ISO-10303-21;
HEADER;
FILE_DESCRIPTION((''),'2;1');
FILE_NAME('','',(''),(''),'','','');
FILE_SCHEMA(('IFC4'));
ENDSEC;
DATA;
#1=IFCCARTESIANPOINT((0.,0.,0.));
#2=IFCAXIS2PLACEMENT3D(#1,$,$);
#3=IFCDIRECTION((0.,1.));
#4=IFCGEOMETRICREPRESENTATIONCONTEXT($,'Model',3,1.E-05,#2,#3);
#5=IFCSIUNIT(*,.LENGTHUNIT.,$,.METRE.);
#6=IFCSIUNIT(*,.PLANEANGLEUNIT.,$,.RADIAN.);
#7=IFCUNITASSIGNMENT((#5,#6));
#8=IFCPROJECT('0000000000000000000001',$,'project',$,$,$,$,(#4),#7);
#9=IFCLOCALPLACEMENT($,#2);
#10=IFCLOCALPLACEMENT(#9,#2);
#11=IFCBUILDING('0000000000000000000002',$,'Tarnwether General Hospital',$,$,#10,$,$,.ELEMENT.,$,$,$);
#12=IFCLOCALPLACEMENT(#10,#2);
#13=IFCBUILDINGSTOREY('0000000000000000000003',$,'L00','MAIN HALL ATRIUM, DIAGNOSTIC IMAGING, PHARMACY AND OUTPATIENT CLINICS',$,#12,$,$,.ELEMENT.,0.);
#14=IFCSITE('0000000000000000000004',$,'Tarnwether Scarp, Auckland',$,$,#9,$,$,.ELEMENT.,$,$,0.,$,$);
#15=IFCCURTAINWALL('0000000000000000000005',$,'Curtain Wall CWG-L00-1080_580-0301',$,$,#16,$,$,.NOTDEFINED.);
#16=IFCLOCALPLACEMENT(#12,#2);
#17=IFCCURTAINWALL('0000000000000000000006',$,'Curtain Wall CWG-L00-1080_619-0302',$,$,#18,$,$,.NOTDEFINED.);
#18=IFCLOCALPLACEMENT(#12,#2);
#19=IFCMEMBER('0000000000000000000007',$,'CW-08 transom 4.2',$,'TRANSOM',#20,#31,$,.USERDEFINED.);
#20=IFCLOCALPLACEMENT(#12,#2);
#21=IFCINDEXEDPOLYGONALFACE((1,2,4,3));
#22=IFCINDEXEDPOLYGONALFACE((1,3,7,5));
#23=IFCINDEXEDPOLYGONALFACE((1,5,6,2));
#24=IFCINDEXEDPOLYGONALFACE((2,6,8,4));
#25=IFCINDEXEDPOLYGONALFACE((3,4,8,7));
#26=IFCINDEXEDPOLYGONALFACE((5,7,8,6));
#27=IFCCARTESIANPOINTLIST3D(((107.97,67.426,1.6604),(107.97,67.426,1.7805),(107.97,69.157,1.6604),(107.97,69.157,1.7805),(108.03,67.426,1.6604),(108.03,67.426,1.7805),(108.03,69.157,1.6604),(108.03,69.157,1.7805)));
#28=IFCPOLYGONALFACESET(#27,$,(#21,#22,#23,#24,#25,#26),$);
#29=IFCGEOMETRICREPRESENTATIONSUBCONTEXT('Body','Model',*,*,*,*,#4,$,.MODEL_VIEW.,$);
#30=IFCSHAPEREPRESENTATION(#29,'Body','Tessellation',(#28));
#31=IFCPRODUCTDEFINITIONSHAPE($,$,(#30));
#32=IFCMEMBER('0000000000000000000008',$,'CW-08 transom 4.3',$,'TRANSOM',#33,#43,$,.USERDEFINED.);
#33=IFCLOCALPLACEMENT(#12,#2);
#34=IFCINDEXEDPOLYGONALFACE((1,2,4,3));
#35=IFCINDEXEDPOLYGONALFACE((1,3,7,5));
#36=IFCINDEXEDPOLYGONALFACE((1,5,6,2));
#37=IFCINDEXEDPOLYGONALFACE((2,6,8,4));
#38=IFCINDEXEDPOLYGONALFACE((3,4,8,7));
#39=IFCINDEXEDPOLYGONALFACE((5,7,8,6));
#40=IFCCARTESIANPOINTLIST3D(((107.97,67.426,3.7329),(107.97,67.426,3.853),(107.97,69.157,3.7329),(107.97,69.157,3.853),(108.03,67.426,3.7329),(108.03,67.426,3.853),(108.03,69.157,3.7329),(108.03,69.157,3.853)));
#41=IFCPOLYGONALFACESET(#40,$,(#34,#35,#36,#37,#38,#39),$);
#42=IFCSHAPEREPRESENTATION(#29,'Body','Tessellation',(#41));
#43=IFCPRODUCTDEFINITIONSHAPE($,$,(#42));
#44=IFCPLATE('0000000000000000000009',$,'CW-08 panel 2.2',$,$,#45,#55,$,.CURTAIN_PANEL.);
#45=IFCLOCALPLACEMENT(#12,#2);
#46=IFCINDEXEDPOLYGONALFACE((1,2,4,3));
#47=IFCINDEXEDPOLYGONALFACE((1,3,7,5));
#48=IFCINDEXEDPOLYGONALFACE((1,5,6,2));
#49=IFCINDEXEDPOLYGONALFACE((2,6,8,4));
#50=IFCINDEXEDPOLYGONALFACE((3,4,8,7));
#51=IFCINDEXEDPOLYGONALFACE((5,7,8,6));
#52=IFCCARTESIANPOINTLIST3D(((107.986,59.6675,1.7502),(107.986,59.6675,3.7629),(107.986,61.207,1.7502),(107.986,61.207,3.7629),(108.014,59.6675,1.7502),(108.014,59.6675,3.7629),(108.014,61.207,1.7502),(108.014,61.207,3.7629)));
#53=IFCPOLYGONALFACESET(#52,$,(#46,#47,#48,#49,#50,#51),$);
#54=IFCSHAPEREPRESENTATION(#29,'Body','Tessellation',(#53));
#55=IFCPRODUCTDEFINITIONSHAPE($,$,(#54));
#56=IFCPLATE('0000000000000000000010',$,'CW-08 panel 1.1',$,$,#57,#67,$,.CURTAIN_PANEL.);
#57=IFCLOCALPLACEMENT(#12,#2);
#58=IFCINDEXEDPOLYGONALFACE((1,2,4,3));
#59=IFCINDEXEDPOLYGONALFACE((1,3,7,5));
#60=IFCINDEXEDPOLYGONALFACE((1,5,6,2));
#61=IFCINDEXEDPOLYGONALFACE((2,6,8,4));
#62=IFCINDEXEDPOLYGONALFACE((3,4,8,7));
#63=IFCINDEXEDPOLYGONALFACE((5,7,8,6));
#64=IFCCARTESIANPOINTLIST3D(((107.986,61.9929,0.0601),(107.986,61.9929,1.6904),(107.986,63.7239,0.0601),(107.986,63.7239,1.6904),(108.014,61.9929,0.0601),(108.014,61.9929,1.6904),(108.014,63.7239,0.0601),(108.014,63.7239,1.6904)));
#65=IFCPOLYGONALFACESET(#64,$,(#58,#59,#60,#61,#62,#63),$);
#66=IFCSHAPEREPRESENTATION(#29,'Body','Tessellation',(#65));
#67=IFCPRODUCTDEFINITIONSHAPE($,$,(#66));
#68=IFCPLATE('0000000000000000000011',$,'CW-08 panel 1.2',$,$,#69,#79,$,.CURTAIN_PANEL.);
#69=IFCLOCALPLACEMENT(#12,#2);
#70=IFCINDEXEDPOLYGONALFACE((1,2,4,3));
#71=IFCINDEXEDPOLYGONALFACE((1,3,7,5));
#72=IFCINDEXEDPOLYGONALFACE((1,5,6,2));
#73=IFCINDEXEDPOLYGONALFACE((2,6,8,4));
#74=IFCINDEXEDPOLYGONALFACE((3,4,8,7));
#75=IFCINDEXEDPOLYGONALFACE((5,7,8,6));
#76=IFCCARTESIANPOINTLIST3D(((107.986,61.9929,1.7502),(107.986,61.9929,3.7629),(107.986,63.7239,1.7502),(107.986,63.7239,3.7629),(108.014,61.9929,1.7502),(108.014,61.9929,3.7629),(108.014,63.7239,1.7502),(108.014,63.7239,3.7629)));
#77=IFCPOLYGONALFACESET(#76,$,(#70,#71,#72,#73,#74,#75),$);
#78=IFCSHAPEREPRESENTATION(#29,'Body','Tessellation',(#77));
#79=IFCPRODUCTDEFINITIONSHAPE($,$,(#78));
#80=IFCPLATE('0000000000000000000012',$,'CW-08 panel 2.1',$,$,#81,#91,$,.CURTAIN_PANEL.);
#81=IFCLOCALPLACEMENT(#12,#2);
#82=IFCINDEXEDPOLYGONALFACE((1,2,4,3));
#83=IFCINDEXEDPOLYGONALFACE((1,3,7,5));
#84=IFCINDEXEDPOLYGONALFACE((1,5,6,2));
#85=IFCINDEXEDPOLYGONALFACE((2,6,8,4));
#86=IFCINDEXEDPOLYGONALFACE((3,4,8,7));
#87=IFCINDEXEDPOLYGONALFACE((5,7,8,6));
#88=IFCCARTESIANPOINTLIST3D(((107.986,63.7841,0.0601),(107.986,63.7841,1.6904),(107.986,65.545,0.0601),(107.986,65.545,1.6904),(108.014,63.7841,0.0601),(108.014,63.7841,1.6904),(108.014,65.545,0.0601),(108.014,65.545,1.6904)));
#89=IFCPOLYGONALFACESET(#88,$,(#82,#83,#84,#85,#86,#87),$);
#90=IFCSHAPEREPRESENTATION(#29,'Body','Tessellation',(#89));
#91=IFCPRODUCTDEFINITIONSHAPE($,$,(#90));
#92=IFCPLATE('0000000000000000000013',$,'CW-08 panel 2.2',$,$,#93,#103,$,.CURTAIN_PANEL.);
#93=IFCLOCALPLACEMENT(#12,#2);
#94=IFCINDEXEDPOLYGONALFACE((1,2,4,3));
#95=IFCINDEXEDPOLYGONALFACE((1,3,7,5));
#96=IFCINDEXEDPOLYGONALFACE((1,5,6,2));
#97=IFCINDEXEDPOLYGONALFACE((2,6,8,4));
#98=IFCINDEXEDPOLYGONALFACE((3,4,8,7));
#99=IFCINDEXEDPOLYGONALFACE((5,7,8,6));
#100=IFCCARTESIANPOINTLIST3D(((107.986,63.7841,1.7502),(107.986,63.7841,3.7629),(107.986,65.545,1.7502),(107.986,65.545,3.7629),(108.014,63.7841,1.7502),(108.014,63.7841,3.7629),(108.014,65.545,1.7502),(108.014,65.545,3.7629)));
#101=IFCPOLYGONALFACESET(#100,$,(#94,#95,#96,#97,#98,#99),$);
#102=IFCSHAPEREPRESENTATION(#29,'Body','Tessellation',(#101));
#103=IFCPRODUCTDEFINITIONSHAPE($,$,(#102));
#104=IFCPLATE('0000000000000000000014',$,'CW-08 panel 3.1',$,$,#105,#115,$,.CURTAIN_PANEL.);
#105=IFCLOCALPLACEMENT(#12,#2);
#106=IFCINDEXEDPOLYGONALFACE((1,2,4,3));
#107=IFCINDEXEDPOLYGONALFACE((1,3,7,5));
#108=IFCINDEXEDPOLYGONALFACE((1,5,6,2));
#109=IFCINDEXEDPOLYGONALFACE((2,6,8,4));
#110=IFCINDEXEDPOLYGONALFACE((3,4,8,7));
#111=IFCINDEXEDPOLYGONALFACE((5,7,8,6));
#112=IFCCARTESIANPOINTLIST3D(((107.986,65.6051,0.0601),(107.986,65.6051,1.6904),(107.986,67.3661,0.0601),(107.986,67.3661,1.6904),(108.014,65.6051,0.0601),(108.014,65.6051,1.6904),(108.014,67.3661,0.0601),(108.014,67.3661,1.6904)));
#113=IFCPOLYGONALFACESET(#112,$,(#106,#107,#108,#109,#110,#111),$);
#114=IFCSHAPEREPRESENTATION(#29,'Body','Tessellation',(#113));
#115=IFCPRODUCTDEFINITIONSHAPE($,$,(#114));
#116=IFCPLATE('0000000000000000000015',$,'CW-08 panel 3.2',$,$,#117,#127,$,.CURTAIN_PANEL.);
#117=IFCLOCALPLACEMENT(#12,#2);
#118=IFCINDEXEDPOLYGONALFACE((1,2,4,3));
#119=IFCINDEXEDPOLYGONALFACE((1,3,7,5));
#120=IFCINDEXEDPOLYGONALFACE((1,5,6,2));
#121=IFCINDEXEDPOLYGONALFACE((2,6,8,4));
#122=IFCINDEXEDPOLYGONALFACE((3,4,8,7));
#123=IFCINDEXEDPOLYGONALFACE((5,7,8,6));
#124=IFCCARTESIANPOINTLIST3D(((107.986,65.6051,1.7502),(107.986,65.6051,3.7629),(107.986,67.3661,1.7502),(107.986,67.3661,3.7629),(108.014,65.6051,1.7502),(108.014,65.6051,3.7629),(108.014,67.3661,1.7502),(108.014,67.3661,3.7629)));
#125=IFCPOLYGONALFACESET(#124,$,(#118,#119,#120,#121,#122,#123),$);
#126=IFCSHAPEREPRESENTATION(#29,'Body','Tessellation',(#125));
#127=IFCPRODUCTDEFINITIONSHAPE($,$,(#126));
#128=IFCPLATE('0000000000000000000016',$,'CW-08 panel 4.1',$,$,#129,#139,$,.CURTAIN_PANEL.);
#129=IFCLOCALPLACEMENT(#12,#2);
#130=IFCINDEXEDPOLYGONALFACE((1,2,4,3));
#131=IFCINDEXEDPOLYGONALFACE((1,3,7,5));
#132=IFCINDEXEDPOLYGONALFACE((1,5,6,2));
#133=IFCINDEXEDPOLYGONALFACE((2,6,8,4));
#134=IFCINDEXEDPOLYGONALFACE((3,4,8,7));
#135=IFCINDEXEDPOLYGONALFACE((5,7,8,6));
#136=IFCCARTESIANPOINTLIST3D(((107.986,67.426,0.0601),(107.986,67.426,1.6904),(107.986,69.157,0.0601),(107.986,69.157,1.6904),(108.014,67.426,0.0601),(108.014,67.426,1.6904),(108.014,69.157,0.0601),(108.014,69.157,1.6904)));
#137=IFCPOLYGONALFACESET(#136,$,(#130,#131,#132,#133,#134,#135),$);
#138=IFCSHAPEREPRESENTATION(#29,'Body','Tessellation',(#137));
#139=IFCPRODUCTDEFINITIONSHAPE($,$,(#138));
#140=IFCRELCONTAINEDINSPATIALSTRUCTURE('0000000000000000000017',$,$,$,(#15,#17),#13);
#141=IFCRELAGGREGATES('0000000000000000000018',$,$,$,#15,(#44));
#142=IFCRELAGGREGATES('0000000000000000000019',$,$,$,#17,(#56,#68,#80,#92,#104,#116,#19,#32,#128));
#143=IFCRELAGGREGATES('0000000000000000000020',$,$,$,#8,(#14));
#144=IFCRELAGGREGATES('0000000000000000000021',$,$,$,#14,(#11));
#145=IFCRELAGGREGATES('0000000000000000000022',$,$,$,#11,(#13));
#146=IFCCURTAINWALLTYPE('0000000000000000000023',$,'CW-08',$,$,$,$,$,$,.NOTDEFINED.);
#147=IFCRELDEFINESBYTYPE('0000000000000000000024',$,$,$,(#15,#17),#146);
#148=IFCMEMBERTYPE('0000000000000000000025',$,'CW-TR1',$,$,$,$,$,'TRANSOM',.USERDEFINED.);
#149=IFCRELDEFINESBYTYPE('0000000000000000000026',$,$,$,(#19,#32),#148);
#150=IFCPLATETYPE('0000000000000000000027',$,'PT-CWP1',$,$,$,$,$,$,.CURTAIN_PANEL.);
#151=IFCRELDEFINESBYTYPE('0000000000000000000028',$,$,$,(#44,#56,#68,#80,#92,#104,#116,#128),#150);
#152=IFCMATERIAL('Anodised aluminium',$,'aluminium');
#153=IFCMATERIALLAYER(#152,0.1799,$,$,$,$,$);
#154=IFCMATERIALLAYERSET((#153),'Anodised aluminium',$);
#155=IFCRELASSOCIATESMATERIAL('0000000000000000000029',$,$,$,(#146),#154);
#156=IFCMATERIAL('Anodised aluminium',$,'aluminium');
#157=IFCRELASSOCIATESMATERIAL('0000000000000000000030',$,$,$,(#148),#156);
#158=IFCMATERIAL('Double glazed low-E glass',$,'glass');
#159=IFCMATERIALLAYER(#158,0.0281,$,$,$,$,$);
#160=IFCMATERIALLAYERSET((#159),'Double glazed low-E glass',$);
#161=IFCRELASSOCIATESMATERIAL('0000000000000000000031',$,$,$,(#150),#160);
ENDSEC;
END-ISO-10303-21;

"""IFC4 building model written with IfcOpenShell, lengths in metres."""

from ifc_helpers import new_model, si_unit, direction, frame, origin, origin_2d, place, context, subcontext, project, spatial, rectangle, extrude, material, layer, layer_set, material_profile, profile_set, type_object, element, aggregate, save


model = new_model("IFC4")

# Units and contexts
model_context = context("Model", 3, precision=1e-05, world=origin(), true_north=direction((0.0, 1.0)))
body_context = subcontext(model_context, "Body", "Model", "MODEL_VIEW")
ifc_project = project(units=[si_unit("LENGTHUNIT", "METRE"), si_unit("PLANEANGLEUNIT", "RADIAN")], contexts=[model_context])

# Site, building, storey
site_placement = place(None, origin())
site = spatial("IfcSite", under=ifc_project, at=site_placement, Name="Tarnwether Scarp, Auckland", CompositionType="ELEMENT", RefElevation=0.0)
building_placement = place(site_placement, origin())
building = spatial("IfcBuilding", under=site, at=building_placement, Name="Tarnwether General Hospital", CompositionType="ELEMENT")
storey_placement = place(building_placement, origin())
storey = spatial("IfcBuildingStorey", under=building, at=storey_placement, Name="L00", Description="MAIN HALL ATRIUM, DIAGNOSTIC IMAGING, PHARMACY AND OUTPATIENT CLINICS", CompositionType="ELEMENT", Elevation=0.0)

# Curtain wall
ifc_material_1 = material(Name="Anodised aluminium", Category="aluminium")
ifc_layer_1 = layer(ifc_material_1, 0.1799)
ifc_layer_set_1 = layer_set([ifc_layer_1], Name="Anodised aluminium")
curtain_wall_type = type_object("IfcCurtainWallType", Name="CW-08", PredefinedType="NOTDEFINED", material=ifc_layer_set_1)
curtain_wall_1_placement = place(storey_placement, origin())
curtain_wall_1 = element("IfcCurtainWall", 1, at=curtain_wall_1_placement, inside=storey, type_object=curtain_wall_type, Name="Curtain Wall CWG-L00-1080_580-0301", PredefinedType="NOTDEFINED")

# Curtain wall, members
curtain_wall_2_placement = place(storey_placement, origin())
curtain_wall_2 = element("IfcCurtainWall", 2, at=curtain_wall_2_placement, inside=storey, type_object=curtain_wall_type, Name="Curtain Wall CWG-L00-1080_619-0302", PredefinedType="NOTDEFINED")
ifc_material_2 = material(Name="Anodised aluminium", Category="aluminium")
ifc_material_profile_1 = material_profile(ifc_material_2, rectangle(XDim=0.0601, YDim=0.1201, at=origin_2d()), Name="ALU-TRN-60x120")
ifc_profile_set_1 = profile_set([ifc_material_profile_1], Name="Anodised aluminium")
member_type_1 = type_object("IfcMemberType", Name="CW-TR1", ElementType="TRANSOM", PredefinedType="USERDEFINED", material=ifc_profile_set_1)
member_1_placement = place(storey_placement, frame((108.0, 67.426, 1.7205), z_axis=(0.0, 1.0, 0.0), x_axis=(-1.0, 0.0, 0.0)))
member_1 = element("IfcMember", 3, at=member_1_placement, type_object=member_type_1, Name="CW-08 transom 4.2", ObjectType="TRANSOM", PredefinedType="USERDEFINED", context=body_context, shape_type="SweptSolid", body=[
    extrude(rectangle(XDim=0.0601, YDim=0.1201, at=origin_2d()), origin(), (0.0, 0.0, 1.0), 1.731),
])
member_2_placement = place(storey_placement, frame((108.0, 67.426, 3.793), z_axis=(0.0, 1.0, 0.0), x_axis=(-1.0, 0.0, 0.0)))
member_2 = element("IfcMember", 4, at=member_2_placement, type_object=member_type_1, Name="CW-08 transom 4.3", ObjectType="TRANSOM", PredefinedType="USERDEFINED", context=body_context, shape_type="SweptSolid", body=[
    extrude(rectangle(XDim=0.0601, YDim=0.1201, at=origin_2d()), origin(), (0.0, 0.0, 1.0), 1.731),
])

# Plates
ifc_material_3 = material(Name="Double glazed low-E glass", Category="glass")
ifc_layer_2 = layer(ifc_material_3, 0.0281)
ifc_layer_set_2 = layer_set([ifc_layer_2], Name="Double glazed low-E glass")
plate_type = type_object("IfcPlateType", Name="PT-CWP1", PredefinedType="CURTAIN_PANEL", material=ifc_layer_set_2)
plate_1_placement = place(storey_placement, frame((108.0, 60.4373, 1.7502), z_axis=(0.0, 0.0, 1.0), x_axis=(0.0, 1.0, 0.0)))
plate_1 = element("IfcPlate", 5, at=plate_1_placement, type_object=plate_type, Name="CW-08 panel 2.2", PredefinedType="CURTAIN_PANEL", context=body_context, shape_type="SweptSolid", body=[
    extrude(rectangle(XDim=1.5396, YDim=0.0281, at=origin_2d()), origin(), (0.0, 0.0, 1.0), 2.0127),
])
aggregate(curtain_wall_1, [plate_1])
plate_2_placement = place(storey_placement, frame((108.0, 62.8584, 0.0601), z_axis=(0.0, 0.0, 1.0), x_axis=(0.0, 1.0, 0.0)))
plate_2 = element("IfcPlate", 6, at=plate_2_placement, type_object=plate_type, Name="CW-08 panel 1.1", PredefinedType="CURTAIN_PANEL", context=body_context, shape_type="SweptSolid", body=[
    extrude(rectangle(XDim=1.731, YDim=0.0281, at=origin_2d()), origin(), (0.0, 0.0, 1.0), 1.6304),
])
plate_3_placement = place(storey_placement, frame((108.0, 62.8584, 1.7502), z_axis=(0.0, 0.0, 1.0), x_axis=(0.0, 1.0, 0.0)))
plate_3 = element("IfcPlate", 7, at=plate_3_placement, type_object=plate_type, Name="CW-08 panel 1.2", PredefinedType="CURTAIN_PANEL", context=body_context, shape_type="SweptSolid", body=[
    extrude(rectangle(XDim=1.731, YDim=0.0281, at=origin_2d()), origin(), (0.0, 0.0, 1.0), 2.0127),
])
plate_4_placement = place(storey_placement, frame((108.0, 64.6646, 0.0601), z_axis=(0.0, 0.0, 1.0), x_axis=(0.0, 1.0, 0.0)))
plate_4 = element("IfcPlate", 8, at=plate_4_placement, type_object=plate_type, Name="CW-08 panel 2.1", PredefinedType="CURTAIN_PANEL", context=body_context, shape_type="SweptSolid", body=[
    extrude(rectangle(XDim=1.761, YDim=0.0281, at=origin_2d()), origin(), (0.0, 0.0, 1.0), 1.6304),
])
plate_5_placement = place(storey_placement, frame((108.0, 64.6646, 1.7502), z_axis=(0.0, 0.0, 1.0), x_axis=(0.0, 1.0, 0.0)))
plate_5 = element("IfcPlate", 9, at=plate_5_placement, type_object=plate_type, Name="CW-08 panel 2.2", PredefinedType="CURTAIN_PANEL", context=body_context, shape_type="SweptSolid", body=[
    extrude(rectangle(XDim=1.761, YDim=0.0281, at=origin_2d()), origin(), (0.0, 0.0, 1.0), 2.0127),
])
plate_6_placement = place(storey_placement, frame((108.0, 66.4856, 0.0601), z_axis=(0.0, 0.0, 1.0), x_axis=(0.0, 1.0, 0.0)))
plate_6 = element("IfcPlate", 10, at=plate_6_placement, type_object=plate_type, Name="CW-08 panel 3.1", PredefinedType="CURTAIN_PANEL", context=body_context, shape_type="SweptSolid", body=[
    extrude(rectangle(XDim=1.761, YDim=0.0281, at=origin_2d()), origin(), (0.0, 0.0, 1.0), 1.6304),
])
plate_7_placement = place(storey_placement, frame((108.0, 66.4856, 1.7502), z_axis=(0.0, 0.0, 1.0), x_axis=(0.0, 1.0, 0.0)))
plate_7 = element("IfcPlate", 11, at=plate_7_placement, type_object=plate_type, Name="CW-08 panel 3.2", PredefinedType="CURTAIN_PANEL", context=body_context, shape_type="SweptSolid", body=[
    extrude(rectangle(XDim=1.761, YDim=0.0281, at=origin_2d()), origin(), (0.0, 0.0, 1.0), 2.0127),
])
plate_8_placement = place(storey_placement, frame((108.0, 68.2915, 0.0601), z_axis=(0.0, 0.0, 1.0), x_axis=(0.0, 1.0, 0.0)))
plate_8 = element("IfcPlate", 12, at=plate_8_placement, type_object=plate_type, Name="CW-08 panel 4.1", PredefinedType="CURTAIN_PANEL", context=body_context, shape_type="SweptSolid", body=[
    extrude(rectangle(XDim=1.731, YDim=0.0281, at=origin_2d()), origin(), (0.0, 0.0, 1.0), 1.6304),
])
aggregate(curtain_wall_2, [plate_2, plate_3, plate_4, plate_5, plate_6, plate_7, member_1, member_2, plate_8])

save(model, "model.ifc")
